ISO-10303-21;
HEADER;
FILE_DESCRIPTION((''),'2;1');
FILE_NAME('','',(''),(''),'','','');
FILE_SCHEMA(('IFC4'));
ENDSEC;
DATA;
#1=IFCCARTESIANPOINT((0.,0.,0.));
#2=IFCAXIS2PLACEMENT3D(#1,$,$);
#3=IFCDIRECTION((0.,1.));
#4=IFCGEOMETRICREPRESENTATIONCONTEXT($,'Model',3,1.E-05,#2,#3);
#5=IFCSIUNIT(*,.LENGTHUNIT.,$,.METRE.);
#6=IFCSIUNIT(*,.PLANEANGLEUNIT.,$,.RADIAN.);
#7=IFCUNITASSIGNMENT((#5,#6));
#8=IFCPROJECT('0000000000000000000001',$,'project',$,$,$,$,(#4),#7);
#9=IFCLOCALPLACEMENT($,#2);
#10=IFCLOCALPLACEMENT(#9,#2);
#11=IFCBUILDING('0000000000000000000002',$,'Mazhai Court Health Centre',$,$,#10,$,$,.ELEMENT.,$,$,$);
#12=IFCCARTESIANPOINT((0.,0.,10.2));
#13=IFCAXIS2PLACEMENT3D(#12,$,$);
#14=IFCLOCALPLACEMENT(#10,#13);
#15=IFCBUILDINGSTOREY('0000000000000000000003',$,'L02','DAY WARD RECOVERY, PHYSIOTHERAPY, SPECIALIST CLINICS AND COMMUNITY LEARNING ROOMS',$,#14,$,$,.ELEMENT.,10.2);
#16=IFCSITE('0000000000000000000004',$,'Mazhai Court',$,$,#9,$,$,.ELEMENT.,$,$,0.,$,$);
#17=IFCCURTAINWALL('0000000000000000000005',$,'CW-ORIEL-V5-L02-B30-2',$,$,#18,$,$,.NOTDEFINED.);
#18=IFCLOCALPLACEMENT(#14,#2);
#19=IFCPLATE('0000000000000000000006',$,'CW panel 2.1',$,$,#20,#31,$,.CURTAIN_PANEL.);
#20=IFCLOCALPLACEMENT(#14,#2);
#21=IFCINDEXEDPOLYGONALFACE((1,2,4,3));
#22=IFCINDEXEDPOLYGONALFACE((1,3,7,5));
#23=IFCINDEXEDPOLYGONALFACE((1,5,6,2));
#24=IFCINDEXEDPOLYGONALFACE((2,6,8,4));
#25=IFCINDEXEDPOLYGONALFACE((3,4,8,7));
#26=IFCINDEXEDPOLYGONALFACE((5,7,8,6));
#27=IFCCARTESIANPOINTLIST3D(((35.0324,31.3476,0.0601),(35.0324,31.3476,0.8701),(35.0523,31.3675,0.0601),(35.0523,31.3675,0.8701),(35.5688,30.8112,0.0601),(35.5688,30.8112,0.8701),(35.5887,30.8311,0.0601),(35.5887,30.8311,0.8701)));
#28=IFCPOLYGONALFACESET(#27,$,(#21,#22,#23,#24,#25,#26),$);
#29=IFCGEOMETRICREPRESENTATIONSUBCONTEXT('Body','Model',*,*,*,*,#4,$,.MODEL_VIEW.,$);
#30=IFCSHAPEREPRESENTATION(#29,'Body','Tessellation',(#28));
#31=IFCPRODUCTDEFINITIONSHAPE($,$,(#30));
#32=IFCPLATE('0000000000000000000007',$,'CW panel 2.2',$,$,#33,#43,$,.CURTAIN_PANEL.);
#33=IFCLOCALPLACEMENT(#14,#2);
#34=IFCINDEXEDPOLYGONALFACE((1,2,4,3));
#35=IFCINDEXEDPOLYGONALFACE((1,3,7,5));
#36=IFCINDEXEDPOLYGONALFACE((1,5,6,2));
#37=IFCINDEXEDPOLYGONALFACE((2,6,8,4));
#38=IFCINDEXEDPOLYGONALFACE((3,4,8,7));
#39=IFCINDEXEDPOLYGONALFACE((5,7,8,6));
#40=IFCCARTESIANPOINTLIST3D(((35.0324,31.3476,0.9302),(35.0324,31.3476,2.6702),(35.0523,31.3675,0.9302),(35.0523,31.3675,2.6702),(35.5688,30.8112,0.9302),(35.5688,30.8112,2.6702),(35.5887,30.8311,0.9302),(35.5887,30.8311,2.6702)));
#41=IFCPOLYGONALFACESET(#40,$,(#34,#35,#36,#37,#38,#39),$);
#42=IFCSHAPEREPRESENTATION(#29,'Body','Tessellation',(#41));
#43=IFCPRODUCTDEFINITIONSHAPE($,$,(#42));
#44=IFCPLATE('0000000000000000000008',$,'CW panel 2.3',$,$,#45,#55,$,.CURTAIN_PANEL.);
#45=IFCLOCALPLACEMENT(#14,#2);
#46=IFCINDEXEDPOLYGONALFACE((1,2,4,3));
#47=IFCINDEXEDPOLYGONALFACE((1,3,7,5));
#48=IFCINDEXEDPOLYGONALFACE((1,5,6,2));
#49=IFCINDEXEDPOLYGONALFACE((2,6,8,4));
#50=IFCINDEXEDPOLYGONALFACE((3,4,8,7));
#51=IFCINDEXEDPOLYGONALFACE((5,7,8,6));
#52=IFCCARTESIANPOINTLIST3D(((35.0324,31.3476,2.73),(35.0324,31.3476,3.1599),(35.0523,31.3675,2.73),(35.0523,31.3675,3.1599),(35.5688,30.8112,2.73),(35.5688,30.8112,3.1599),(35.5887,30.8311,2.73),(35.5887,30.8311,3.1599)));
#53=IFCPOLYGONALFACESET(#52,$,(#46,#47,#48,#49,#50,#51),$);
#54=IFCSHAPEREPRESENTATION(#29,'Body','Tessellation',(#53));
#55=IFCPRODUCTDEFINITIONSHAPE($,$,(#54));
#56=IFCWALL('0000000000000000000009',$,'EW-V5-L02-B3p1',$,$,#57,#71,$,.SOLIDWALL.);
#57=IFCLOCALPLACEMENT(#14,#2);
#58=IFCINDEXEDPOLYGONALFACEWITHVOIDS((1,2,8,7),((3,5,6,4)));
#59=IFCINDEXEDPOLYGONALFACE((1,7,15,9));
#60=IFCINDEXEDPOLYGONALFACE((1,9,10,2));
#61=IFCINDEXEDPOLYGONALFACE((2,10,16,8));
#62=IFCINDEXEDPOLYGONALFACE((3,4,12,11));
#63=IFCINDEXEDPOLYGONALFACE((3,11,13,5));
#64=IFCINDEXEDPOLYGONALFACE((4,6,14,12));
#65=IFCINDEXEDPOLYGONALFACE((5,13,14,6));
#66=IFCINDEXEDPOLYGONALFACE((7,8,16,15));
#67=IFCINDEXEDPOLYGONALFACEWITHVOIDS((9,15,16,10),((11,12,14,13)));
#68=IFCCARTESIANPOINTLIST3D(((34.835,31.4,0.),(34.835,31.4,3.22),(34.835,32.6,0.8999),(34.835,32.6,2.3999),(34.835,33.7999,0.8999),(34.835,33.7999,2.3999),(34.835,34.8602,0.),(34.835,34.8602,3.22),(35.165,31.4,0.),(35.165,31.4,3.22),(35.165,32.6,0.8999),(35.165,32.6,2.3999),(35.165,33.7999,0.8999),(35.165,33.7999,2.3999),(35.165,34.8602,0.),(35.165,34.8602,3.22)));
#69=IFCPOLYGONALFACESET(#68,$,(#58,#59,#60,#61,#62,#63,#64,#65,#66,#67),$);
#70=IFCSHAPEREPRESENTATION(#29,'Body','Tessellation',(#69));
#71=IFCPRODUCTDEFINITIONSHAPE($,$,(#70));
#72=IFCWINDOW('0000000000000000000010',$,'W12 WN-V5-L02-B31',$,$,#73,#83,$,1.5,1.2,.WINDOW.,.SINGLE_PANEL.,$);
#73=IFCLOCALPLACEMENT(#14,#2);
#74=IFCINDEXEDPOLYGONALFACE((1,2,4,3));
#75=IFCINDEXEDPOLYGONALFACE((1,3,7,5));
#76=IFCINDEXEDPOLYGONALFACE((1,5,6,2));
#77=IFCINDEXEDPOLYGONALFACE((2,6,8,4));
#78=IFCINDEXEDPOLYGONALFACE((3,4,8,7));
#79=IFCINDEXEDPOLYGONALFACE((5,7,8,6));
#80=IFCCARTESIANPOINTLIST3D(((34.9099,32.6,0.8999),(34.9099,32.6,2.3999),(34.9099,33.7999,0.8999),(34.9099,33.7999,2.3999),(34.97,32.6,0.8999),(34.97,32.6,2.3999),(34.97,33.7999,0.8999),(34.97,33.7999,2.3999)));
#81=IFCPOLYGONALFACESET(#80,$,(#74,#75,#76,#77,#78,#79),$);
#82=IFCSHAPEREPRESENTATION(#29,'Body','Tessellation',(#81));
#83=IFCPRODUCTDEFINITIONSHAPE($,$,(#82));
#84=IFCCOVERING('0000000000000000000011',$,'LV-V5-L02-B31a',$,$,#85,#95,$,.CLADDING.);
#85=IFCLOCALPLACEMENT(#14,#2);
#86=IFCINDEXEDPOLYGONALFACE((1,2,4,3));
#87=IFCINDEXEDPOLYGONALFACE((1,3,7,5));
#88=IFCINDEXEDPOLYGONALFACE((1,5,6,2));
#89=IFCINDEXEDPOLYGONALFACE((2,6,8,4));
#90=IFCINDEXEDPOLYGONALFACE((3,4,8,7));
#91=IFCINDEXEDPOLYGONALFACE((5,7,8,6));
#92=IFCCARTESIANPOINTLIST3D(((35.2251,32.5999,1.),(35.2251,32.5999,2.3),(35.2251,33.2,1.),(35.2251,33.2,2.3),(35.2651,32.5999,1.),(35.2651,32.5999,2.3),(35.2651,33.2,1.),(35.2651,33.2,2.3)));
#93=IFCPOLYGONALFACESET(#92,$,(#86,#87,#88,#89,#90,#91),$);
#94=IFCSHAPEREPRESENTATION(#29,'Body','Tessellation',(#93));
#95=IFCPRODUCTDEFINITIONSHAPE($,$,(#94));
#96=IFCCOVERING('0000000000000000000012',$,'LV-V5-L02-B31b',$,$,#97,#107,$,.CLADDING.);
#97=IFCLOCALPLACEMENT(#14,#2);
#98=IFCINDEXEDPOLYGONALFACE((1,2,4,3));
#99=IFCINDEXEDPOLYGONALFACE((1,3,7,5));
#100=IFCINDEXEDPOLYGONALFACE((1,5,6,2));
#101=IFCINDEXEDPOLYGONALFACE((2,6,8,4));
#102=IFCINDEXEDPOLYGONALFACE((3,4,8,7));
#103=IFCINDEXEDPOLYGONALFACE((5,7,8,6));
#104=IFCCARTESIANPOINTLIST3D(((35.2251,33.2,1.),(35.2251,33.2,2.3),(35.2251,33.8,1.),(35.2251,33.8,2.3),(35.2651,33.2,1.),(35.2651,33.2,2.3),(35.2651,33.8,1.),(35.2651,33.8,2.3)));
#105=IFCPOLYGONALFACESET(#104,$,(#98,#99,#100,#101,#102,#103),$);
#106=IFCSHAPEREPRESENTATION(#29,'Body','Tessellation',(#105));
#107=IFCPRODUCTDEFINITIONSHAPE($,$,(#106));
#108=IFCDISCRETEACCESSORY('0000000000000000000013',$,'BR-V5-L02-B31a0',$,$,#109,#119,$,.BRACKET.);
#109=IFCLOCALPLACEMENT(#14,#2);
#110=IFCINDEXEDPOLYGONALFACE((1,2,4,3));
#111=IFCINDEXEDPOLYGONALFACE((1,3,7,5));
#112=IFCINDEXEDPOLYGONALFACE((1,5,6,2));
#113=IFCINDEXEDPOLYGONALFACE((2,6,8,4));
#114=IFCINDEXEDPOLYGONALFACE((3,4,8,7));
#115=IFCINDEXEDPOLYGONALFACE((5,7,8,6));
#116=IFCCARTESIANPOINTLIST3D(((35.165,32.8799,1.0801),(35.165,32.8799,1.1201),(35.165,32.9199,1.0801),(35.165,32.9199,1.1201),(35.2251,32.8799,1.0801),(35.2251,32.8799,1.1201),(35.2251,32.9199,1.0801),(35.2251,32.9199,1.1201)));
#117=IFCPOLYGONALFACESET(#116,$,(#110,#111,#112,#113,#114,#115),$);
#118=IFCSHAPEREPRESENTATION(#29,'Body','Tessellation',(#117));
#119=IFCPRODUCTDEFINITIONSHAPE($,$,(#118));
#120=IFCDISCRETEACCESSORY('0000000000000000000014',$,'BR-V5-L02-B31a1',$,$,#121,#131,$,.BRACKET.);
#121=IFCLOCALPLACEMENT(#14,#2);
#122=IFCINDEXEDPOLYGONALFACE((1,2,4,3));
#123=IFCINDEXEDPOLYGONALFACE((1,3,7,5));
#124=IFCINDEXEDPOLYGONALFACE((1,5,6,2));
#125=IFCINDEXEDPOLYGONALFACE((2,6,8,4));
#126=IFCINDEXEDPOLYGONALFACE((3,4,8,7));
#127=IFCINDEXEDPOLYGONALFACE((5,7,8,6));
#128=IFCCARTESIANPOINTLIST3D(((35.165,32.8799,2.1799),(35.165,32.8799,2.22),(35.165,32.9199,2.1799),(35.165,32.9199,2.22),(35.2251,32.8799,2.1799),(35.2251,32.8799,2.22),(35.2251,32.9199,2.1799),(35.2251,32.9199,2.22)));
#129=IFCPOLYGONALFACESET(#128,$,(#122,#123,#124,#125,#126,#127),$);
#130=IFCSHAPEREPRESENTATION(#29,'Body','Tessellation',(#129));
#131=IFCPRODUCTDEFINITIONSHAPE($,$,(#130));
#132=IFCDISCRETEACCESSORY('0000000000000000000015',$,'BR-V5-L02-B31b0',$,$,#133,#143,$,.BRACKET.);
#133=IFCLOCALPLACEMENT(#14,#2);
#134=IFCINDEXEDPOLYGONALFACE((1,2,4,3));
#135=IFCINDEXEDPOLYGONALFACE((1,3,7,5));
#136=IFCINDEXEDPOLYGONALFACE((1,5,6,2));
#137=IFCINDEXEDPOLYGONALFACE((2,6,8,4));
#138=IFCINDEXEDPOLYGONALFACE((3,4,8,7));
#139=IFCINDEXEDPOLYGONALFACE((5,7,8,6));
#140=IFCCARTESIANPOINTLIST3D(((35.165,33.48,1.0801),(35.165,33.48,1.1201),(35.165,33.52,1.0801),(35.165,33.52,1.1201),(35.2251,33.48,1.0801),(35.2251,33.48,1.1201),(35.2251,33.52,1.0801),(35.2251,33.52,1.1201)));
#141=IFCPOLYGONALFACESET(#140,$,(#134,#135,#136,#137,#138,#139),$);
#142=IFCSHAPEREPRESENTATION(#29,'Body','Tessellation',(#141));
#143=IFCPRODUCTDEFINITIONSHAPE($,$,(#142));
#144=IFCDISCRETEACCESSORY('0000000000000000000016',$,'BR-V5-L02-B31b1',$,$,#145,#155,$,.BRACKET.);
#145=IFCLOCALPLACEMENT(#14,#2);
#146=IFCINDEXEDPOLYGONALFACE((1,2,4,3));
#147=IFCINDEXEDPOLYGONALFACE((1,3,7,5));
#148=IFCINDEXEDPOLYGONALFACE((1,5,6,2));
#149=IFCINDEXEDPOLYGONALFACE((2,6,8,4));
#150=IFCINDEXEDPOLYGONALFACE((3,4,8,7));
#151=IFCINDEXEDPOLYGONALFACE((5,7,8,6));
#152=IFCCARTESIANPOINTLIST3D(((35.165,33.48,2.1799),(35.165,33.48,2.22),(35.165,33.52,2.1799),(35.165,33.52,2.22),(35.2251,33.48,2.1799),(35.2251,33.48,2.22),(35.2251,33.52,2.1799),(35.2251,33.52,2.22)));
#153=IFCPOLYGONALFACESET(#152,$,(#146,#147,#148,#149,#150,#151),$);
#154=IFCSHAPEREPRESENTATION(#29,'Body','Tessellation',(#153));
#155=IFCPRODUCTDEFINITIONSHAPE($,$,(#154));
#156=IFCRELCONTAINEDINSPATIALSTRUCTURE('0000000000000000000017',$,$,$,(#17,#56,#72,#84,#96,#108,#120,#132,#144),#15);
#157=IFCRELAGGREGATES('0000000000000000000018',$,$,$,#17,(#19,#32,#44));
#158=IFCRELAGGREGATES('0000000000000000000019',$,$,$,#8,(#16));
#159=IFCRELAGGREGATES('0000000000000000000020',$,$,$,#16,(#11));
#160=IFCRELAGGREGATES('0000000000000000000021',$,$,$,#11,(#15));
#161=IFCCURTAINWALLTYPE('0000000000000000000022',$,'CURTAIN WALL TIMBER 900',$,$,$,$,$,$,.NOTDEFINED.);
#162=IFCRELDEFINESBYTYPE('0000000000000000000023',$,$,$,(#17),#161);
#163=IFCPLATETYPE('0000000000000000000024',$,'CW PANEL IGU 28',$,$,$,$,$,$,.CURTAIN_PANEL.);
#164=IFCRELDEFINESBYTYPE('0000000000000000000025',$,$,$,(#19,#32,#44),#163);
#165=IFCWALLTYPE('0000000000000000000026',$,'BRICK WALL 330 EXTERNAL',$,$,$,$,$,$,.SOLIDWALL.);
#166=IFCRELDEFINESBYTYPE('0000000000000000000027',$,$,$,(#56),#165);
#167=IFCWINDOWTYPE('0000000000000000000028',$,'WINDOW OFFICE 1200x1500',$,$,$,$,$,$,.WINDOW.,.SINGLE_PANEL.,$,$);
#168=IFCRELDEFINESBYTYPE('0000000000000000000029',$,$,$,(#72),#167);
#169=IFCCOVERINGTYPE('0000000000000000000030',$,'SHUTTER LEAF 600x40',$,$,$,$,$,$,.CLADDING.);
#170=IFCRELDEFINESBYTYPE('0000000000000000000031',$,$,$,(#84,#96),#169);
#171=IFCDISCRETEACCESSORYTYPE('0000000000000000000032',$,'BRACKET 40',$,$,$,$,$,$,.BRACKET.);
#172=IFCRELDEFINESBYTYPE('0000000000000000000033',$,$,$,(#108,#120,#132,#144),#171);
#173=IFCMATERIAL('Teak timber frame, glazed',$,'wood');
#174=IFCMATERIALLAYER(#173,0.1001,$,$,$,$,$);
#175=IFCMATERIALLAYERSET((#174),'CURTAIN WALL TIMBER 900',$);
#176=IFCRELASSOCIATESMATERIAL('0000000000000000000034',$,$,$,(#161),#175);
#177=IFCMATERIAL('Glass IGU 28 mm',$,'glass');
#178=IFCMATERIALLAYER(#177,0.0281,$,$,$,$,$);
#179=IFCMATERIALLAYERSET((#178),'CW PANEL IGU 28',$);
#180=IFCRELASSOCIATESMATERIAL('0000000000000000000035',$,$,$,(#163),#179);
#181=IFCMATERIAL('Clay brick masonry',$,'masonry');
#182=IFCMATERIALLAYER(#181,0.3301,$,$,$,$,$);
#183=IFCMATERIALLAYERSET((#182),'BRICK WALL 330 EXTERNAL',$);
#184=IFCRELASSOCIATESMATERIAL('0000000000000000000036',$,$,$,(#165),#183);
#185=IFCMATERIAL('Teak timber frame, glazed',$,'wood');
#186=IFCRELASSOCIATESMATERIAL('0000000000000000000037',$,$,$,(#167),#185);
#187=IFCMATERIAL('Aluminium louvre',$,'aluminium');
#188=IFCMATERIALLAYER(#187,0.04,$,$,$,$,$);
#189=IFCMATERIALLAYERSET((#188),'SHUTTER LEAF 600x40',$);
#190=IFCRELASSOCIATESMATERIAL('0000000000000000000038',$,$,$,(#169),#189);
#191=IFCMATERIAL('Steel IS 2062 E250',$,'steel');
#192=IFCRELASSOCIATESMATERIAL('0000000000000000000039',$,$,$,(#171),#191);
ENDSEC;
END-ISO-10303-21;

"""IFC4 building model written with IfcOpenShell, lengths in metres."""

from ifc_helpers import new_model, si_unit, direction, frame, frame_2d, origin, origin_2d, place, context, subcontext, project, spatial, rectangle, extrude, material, layer, layer_set, type_object, element, fill, aggregate, save


model = new_model("IFC4")

# Units and contexts
model_context = context("Model", 3, precision=1e-05, world=origin(), true_north=direction((0.0, 1.0)))
body_context = subcontext(model_context, "Body", "Model", "MODEL_VIEW")
ifc_project = project(units=[si_unit("LENGTHUNIT", "METRE"), si_unit("PLANEANGLEUNIT", "RADIAN")], contexts=[model_context])

# Site, building, storey
site_placement = place(None, origin())
site = spatial("IfcSite", under=ifc_project, at=site_placement, Name="Mazhai Court", CompositionType="ELEMENT", RefElevation=0.0)
building_placement = place(site_placement, origin())
building = spatial("IfcBuilding", under=site, at=building_placement, Name="Mazhai Court Health Centre", CompositionType="ELEMENT")
storey_placement = place(building_placement, frame((0.0, 0.0, 10.2)))
storey = spatial("IfcBuildingStorey", under=building, at=storey_placement, Name="L02", Description="DAY WARD RECOVERY, PHYSIOTHERAPY, SPECIALIST CLINICS AND COMMUNITY LEARNING ROOMS", CompositionType="ELEMENT", Elevation=10.2)

# Curtain wall
ifc_material_1 = material(Name="Teak timber frame, glazed", Category="wood")
ifc_layer_1 = layer(ifc_material_1, 0.1001)
ifc_layer_set_1 = layer_set([ifc_layer_1], Name="CURTAIN WALL TIMBER 900")
curtain_wall_type = type_object("IfcCurtainWallType", Name="CURTAIN WALL TIMBER 900", PredefinedType="NOTDEFINED", material=ifc_layer_set_1)
curtain_wall_1_placement = place(storey_placement, origin())
curtain_wall_1 = element("IfcCurtainWall", 1, at=curtain_wall_1_placement, inside=storey, type_object=curtain_wall_type, Name="CW-ORIEL-V5-L02-B30-2", PredefinedType="NOTDEFINED")

# Plates
ifc_material_2 = material(Name="Glass IGU 28 mm", Category="glass")
ifc_layer_2 = layer(ifc_material_2, 0.0281)
ifc_layer_set_2 = layer_set([ifc_layer_2], Name="CW PANEL IGU 28")
plate_type = type_object("IfcPlateType", Name="CW PANEL IGU 28", PredefinedType="CURTAIN_PANEL", material=ifc_layer_set_2)
plate_1_placement = place(storey_placement, frame((35.3105, 31.0894, 0.0601), z_axis=(0.0, 0.0, 1.0), x_axis=(-0.707107, 0.707107, 0.0)))
plate_1 = element("IfcPlate", 2, at=plate_1_placement, type_object=plate_type, Name="CW panel 2.1", PredefinedType="CURTAIN_PANEL", context=body_context, shape_type="SweptSolid", body=[
    extrude(rectangle(XDim=0.7585, YDim=0.0281, at=origin_2d()), origin(), (0.0, 0.0, 1.0), 0.8101),
])
plate_2_placement = place(storey_placement, frame((35.3105, 31.0894, 0.9302), z_axis=(0.0, 0.0, 1.0), x_axis=(-0.707107, 0.707107, 0.0)))
plate_2 = element("IfcPlate", 3, at=plate_2_placement, type_object=plate_type, Name="CW panel 2.2", PredefinedType="CURTAIN_PANEL", context=body_context, shape_type="SweptSolid", body=[
    extrude(rectangle(XDim=0.7585, YDim=0.0281, at=origin_2d()), origin(), (0.0, 0.0, 1.0), 1.74),
])
plate_3_placement = place(storey_placement, frame((35.3105, 31.0894, 2.73), z_axis=(0.0, 0.0, 1.0), x_axis=(-0.707107, 0.707107, 0.0)))
plate_3 = element("IfcPlate", 4, at=plate_3_placement, type_object=plate_type, Name="CW panel 2.3", PredefinedType="CURTAIN_PANEL", context=body_context, shape_type="SweptSolid", body=[
    extrude(rectangle(XDim=0.7585, YDim=0.0281, at=origin_2d()), origin(), (0.0, 0.0, 1.0), 0.4299),
])
aggregate(curtain_wall_1, [plate_1, plate_2, plate_3])

# Wall, opening, window
ifc_material_3 = material(Name="Clay brick masonry", Category="masonry")
ifc_layer_3 = layer(ifc_material_3, 0.3301)
ifc_layer_set_3 = layer_set([ifc_layer_3], Name="BRICK WALL 330 EXTERNAL")
wall_type = type_object("IfcWallType", Name="BRICK WALL 330 EXTERNAL", PredefinedType="SOLIDWALL", material=ifc_layer_set_3)
wall_placement = place(storey_placement, frame((35.0, 34.8601, 0.0), z_axis=(0.0, 0.0, 1.0), x_axis=(0.0, -1.0, 0.0)))
wall = element("IfcWall", 5, at=wall_placement, inside=storey, type_object=wall_type, Name="EW-V5-L02-B3p1", PredefinedType="SOLIDWALL", context=body_context, shape_type="SweptSolid", body=[
    extrude(rectangle(XDim=3.4602, YDim=0.3301, at=frame_2d((1.73, 0.0))), origin(), (0.0, 0.0, 1.0), 3.22),
])
opening_placement = place(wall_placement, frame((1.0601, 0.0, 0.8999)))
opening = element("IfcOpeningElement", 6, at=opening_placement, cuts=wall, PredefinedType="OPENING", context=body_context, shape_type="SweptSolid", body=[
    extrude(rectangle(XDim=1.2, YDim=1.5, at=frame_2d((0.6001, 0.75))), frame((0.0, 0.175, 0.0), z_axis=(0.0, -1.0, 0.0), x_axis=(1.0, 0.0, 0.0)), (0.0, 0.0, 1.0), 0.3501),
])
ifc_material_4 = material(Name="Teak timber frame, glazed", Category="wood")
window_type = type_object("IfcWindowType", Name="WINDOW OFFICE 1200x1500", PartitioningType="SINGLE_PANEL", PredefinedType="WINDOW", material=ifc_material_4)
window_placement = place(opening_placement, origin())
window = element("IfcWindow", 7, at=window_placement, inside=storey, type_object=window_type, Name="W12 WN-V5-L02-B31", OverallHeight=1.5, OverallWidth=1.2, PartitioningType="SINGLE_PANEL", PredefinedType="WINDOW", context=body_context, shape_type="SweptSolid", body=[
    extrude(rectangle(XDim=1.2, YDim=1.5, at=frame_2d((0.6001, 0.75))), frame((0.0, -0.03, 0.0), z_axis=(0.0, -1.0, 0.0), x_axis=(1.0, 0.0, 0.0)), (0.0, 0.0, 1.0), 0.0601),
])
fill(opening, window)

# Coverings
ifc_material_5 = material(Name="Aluminium louvre", Category="aluminium")
ifc_layer_4 = layer(ifc_material_5, 0.04)
ifc_layer_set_4 = layer_set([ifc_layer_4], Name="SHUTTER LEAF 600x40")
covering_type = type_object("IfcCoveringType", Name="SHUTTER LEAF 600x40", PredefinedType="CLADDING", material=ifc_layer_set_4)
for number, where, z_axis, x_axis, name in (
    (8, (35.2451, 32.8999, 1.0), (0.0, 0.0, 1.0), (0.0, 1.0, 0.0), "LV-V5-L02-B31a"),
    (9, (35.2451, 33.5, 1.0), (0.0, 0.0, 1.0), (0.0, 1.0, 0.0), "LV-V5-L02-B31b"),
):
    element("IfcCovering", number, at=place(storey_placement, frame(where, z_axis=z_axis, x_axis=x_axis)), inside=storey, type_object=covering_type, Name=name, PredefinedType="CLADDING", context=body_context, shape_type="SweptSolid", body=[
        extrude(rectangle(XDim=0.6001, YDim=0.04, at=origin_2d()), origin(), (0.0, 0.0, 1.0), 1.3),
    ])

# Discrete accessories
ifc_material_6 = material(Name="Steel IS 2062 E250", Category="steel")
discrete_accessory_type = type_object("IfcDiscreteAccessoryType", Name="BRACKET 40", PredefinedType="BRACKET", material=ifc_material_6)
for number, where, z_axis, x_axis, name in (
    (10, (35.1951, 32.8999, 1.0801), (0.0, 0.0, 1.0), (0.0, 1.0, 0.0), "BR-V5-L02-B31a0"),
    (11, (35.1951, 32.8999, 2.1799), (0.0, 0.0, 1.0), (0.0, 1.0, 0.0), "BR-V5-L02-B31a1"),
    (12, (35.1951, 33.5, 1.0801), (0.0, 0.0, 1.0), (0.0, 1.0, 0.0), "BR-V5-L02-B31b0"),
    (13, (35.1951, 33.5, 2.1799), (0.0, 0.0, 1.0), (0.0, 1.0, 0.0), "BR-V5-L02-B31b1"),
):
    element("IfcDiscreteAccessory", number, at=place(storey_placement, frame(where, z_axis=z_axis, x_axis=x_axis)), inside=storey, type_object=discrete_accessory_type, Name=name, PredefinedType="BRACKET", context=body_context, shape_type="SweptSolid", body=[
        extrude(rectangle(XDim=0.04, YDim=0.0601, at=origin_2d()), origin(), (0.0, 0.0, 1.0), 0.04),
    ])

save(model, "model.ifc")
